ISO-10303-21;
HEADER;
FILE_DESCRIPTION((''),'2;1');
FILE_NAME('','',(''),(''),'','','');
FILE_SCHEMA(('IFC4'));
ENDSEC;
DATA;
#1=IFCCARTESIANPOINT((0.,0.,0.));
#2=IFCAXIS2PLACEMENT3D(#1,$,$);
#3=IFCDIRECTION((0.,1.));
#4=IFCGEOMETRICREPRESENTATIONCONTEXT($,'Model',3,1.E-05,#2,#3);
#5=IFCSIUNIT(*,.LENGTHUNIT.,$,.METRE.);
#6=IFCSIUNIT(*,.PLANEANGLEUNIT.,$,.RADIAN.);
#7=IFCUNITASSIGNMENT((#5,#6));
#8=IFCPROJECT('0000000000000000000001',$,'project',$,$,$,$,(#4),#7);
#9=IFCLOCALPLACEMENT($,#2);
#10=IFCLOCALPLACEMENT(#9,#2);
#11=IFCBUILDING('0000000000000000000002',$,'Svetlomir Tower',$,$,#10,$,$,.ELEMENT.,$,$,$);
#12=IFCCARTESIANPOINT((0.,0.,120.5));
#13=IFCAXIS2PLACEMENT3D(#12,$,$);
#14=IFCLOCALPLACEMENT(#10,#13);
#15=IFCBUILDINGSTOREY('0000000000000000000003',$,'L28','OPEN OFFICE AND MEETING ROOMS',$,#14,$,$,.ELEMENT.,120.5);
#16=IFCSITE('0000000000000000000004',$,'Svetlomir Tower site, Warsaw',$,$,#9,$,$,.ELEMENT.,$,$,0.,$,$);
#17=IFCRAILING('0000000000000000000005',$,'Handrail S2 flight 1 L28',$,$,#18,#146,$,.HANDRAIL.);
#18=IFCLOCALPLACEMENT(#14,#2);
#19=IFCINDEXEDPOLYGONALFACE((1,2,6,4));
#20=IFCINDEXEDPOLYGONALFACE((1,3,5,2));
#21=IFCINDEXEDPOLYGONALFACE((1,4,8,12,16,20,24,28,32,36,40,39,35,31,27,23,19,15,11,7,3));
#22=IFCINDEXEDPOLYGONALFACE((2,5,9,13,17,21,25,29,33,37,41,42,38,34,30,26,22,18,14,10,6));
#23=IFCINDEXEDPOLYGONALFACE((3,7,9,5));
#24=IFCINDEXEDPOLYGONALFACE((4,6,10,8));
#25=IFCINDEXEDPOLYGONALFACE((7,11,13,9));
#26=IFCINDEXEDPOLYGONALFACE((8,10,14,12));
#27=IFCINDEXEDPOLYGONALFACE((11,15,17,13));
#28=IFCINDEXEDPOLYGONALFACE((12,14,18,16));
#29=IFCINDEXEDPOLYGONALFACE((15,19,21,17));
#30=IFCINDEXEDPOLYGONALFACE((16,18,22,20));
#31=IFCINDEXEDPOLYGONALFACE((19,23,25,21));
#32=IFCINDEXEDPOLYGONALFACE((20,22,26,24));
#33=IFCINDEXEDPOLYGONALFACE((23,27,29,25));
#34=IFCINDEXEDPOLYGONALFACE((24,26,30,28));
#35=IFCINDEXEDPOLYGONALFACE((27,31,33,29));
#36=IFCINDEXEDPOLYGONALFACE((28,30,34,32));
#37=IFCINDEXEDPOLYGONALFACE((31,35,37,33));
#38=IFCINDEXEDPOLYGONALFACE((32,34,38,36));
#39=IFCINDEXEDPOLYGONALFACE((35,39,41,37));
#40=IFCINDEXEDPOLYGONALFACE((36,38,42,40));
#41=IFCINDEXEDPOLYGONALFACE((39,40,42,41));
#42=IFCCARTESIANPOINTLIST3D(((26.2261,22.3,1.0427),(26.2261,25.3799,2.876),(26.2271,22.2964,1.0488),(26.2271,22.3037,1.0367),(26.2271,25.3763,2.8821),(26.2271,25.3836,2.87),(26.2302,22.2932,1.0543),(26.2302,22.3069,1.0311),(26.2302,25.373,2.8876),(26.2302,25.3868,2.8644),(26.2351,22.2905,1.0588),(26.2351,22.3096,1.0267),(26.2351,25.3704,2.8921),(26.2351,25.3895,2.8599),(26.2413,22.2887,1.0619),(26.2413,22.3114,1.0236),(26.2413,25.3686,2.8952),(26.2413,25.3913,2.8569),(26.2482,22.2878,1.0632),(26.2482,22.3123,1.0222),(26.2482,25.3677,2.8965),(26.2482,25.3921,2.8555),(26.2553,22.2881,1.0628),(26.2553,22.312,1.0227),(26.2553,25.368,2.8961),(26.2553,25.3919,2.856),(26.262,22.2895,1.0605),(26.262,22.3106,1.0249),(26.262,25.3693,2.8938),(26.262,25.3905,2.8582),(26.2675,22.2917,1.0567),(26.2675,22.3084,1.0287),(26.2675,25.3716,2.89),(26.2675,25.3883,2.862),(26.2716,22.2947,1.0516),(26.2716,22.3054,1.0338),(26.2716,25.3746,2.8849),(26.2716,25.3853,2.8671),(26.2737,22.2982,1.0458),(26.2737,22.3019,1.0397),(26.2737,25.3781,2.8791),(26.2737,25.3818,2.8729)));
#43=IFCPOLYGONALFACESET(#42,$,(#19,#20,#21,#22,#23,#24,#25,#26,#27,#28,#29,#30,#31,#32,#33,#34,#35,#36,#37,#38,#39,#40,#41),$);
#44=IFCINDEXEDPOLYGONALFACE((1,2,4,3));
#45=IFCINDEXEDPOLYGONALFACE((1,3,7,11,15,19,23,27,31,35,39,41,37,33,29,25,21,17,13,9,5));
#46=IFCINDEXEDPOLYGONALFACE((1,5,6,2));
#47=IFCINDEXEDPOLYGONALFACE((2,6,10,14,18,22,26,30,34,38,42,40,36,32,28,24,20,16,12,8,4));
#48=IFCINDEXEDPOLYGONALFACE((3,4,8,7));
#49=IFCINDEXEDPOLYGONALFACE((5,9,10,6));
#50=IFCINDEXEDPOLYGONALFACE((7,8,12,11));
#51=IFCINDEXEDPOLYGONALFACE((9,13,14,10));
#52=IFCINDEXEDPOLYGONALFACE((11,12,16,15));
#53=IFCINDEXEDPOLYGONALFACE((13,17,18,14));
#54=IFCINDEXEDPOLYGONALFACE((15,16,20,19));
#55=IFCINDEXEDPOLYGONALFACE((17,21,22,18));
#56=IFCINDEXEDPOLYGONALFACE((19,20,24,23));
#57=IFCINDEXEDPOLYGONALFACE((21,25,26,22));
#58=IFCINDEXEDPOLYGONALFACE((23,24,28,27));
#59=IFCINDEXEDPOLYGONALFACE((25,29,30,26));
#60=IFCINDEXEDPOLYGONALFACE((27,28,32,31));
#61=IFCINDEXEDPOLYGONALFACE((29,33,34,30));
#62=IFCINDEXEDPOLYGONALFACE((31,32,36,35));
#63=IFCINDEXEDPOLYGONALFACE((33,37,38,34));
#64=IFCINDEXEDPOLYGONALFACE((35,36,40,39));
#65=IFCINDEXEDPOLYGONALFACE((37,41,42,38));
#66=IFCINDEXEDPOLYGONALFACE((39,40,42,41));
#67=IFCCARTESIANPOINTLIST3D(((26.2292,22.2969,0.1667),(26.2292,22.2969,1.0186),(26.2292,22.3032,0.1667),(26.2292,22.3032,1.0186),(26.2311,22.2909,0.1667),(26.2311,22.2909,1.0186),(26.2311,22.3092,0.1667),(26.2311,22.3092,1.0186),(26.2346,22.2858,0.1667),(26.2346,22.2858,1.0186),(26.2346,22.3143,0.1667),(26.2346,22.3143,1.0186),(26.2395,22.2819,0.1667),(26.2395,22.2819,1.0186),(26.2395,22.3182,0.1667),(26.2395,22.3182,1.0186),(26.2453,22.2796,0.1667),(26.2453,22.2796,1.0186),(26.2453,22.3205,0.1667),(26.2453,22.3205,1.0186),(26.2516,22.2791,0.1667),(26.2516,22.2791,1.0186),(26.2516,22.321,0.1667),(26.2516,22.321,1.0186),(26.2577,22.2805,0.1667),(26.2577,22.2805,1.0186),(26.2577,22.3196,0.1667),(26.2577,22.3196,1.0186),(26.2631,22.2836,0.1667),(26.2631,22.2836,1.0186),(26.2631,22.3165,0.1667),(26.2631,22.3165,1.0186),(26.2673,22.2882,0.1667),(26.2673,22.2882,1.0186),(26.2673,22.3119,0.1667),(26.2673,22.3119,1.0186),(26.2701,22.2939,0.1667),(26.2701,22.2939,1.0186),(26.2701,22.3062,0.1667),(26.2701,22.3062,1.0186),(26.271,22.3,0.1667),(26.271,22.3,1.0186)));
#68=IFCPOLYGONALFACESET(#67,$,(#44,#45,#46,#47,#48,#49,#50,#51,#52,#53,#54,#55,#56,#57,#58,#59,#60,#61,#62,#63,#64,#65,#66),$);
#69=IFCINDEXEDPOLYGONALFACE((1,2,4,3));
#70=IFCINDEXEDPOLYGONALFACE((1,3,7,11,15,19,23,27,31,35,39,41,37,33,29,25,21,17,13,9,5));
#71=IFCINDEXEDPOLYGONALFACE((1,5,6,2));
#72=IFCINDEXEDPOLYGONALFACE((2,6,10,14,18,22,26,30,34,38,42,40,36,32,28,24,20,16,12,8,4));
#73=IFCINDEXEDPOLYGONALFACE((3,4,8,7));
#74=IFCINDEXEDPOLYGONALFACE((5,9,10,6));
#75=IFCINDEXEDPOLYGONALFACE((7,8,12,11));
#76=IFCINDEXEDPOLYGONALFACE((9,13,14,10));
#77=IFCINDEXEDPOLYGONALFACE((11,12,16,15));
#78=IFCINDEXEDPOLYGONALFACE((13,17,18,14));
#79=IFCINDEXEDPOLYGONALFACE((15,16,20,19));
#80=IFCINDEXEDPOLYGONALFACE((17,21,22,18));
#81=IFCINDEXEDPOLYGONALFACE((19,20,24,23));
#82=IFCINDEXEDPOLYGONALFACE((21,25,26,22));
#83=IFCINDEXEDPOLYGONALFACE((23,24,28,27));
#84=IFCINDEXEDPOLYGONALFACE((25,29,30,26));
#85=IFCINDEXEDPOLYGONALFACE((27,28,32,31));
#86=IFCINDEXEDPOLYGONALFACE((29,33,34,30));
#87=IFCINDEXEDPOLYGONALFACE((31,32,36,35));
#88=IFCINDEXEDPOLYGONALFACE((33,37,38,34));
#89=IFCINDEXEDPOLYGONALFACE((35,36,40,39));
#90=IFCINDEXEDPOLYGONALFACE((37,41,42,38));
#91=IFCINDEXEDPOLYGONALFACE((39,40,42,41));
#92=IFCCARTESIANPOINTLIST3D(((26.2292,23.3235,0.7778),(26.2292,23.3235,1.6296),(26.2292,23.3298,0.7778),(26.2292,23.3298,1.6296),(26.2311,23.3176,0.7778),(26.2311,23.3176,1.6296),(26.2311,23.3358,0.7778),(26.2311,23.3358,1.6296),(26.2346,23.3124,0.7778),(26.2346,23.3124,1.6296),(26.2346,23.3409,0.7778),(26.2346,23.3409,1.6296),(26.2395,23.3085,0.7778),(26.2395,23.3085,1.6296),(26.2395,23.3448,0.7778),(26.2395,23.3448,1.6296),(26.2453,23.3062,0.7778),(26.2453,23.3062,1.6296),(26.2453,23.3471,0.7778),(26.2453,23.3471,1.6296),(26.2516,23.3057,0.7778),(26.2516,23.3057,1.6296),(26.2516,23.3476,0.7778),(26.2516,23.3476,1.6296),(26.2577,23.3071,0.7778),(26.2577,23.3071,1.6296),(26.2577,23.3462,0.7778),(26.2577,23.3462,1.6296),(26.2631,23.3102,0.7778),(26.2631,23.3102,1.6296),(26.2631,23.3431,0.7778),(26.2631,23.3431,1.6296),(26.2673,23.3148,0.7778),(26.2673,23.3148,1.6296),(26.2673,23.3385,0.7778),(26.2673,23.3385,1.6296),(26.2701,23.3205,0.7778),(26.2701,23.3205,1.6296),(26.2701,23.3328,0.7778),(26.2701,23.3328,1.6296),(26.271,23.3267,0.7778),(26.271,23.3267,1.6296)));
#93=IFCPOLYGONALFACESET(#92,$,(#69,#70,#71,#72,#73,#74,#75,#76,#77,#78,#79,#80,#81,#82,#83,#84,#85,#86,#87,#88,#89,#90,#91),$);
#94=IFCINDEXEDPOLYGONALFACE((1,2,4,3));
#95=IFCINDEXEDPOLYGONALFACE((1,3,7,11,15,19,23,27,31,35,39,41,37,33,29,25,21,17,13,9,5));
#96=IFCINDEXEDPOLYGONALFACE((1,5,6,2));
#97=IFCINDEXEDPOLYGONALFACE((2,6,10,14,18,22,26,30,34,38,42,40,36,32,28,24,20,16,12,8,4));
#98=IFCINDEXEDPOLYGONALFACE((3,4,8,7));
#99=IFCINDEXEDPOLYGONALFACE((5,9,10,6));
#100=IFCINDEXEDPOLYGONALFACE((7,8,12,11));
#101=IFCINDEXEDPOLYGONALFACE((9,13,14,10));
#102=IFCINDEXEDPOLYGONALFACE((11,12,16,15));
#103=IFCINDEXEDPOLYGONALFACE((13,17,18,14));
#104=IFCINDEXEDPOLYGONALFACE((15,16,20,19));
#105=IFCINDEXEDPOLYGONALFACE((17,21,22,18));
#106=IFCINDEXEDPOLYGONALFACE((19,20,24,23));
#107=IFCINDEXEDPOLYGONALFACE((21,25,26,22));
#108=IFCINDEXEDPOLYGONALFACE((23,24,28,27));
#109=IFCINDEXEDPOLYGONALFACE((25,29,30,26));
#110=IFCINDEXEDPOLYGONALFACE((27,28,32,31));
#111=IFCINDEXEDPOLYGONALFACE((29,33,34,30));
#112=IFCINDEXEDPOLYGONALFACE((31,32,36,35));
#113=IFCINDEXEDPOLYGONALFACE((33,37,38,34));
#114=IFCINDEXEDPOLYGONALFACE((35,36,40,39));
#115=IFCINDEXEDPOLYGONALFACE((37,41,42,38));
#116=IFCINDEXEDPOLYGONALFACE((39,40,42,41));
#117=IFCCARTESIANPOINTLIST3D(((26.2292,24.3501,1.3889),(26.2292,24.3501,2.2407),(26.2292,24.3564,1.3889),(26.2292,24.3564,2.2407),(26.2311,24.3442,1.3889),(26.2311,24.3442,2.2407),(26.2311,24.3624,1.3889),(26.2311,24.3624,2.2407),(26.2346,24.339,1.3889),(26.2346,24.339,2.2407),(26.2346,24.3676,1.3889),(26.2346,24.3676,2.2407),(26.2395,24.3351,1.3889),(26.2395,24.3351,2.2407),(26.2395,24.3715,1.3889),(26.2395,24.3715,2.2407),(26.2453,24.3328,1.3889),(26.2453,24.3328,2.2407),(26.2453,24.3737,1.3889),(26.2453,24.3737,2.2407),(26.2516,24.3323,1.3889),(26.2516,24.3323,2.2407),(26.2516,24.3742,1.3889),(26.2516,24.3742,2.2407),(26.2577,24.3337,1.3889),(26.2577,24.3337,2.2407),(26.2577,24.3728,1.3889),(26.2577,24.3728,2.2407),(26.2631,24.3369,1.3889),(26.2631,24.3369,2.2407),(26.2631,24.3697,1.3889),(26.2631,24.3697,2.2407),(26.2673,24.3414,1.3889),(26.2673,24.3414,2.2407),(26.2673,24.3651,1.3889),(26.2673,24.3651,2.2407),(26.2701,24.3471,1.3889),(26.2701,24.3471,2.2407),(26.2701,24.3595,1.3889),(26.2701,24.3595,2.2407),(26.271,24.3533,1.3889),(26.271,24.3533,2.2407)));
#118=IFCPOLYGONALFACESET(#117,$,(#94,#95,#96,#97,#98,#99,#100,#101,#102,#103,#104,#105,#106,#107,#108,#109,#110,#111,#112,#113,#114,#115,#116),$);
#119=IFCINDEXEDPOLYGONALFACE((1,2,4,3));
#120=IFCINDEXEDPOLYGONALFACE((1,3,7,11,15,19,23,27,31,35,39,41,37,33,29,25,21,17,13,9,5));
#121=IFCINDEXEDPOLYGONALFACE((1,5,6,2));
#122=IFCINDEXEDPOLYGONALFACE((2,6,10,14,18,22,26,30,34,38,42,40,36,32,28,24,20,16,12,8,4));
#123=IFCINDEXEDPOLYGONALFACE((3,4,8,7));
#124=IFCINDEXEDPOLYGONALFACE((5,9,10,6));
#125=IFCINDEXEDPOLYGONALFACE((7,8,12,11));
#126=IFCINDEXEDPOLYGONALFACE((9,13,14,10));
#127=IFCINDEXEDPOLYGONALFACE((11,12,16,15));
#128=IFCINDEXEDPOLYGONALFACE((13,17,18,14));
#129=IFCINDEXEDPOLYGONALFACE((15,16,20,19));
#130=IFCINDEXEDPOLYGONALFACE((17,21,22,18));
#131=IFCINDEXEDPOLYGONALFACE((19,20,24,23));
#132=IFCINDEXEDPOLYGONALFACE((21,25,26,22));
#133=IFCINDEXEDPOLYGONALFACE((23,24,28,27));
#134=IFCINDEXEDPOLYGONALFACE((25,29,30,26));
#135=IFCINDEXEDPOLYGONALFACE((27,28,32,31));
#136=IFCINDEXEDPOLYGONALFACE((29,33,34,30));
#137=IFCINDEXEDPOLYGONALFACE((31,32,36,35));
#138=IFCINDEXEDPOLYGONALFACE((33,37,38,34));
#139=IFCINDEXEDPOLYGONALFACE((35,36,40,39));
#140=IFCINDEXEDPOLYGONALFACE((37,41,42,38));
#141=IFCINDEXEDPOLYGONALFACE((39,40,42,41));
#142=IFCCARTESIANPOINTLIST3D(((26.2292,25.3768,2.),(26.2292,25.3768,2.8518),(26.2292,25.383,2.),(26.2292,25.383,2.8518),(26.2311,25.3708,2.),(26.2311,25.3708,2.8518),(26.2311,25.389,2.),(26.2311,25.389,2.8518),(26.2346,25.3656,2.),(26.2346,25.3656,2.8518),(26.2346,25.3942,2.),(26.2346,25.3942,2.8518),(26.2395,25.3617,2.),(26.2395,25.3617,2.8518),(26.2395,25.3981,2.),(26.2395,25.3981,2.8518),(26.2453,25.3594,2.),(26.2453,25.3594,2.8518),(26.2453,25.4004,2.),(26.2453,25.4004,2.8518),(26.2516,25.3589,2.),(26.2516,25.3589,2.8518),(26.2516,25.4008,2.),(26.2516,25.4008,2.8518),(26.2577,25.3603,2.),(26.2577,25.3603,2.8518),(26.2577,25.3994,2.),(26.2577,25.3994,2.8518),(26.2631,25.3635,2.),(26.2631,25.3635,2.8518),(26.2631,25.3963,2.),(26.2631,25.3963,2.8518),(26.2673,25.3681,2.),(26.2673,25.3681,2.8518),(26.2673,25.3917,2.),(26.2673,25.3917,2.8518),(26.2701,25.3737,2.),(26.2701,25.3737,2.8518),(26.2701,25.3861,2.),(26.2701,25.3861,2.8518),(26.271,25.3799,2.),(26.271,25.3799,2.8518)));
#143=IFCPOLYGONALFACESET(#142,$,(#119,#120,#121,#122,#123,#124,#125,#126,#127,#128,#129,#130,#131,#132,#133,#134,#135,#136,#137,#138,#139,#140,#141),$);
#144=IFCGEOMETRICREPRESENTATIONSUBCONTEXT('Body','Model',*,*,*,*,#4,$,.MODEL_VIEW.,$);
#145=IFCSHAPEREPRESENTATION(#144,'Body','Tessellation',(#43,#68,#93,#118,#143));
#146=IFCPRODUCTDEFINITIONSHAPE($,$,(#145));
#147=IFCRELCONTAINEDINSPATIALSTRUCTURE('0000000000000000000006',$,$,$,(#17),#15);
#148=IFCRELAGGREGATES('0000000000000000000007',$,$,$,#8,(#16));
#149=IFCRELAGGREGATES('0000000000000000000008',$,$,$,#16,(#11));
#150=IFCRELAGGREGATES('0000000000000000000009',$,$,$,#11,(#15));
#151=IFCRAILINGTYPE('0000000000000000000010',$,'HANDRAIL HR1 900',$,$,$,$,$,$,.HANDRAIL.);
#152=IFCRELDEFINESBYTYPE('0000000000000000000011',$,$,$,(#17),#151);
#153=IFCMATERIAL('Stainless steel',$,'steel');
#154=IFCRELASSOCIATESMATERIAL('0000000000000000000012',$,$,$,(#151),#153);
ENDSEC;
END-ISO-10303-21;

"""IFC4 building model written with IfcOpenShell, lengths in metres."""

from ifc_helpers import new_model, si_unit, direction, frame, origin, origin_2d, place, context, subcontext, project, spatial, circle, extrude, material, type_object, element, save


model = new_model("IFC4")

# Units and contexts
model_context = context("Model", 3, precision=1e-05, world=origin(), true_north=direction((0.0, 1.0)))
body_context = subcontext(model_context, "Body", "Model", "MODEL_VIEW")
ifc_project = project(units=[si_unit("LENGTHUNIT", "METRE"), si_unit("PLANEANGLEUNIT", "RADIAN")], contexts=[model_context])

# Site, building, storey
site_placement = place(None, origin())
site = spatial("IfcSite", under=ifc_project, at=site_placement, Name="Svetlomir Tower site, Warsaw", CompositionType="ELEMENT", RefElevation=0.0)
building_placement = place(site_placement, origin())
building = spatial("IfcBuilding", under=site, at=building_placement, Name="Svetlomir Tower", CompositionType="ELEMENT")
storey_placement = place(building_placement, frame((0.0, 0.0, 120.5)))
storey = spatial("IfcBuildingStorey", under=building, at=storey_placement, Name="L28", Description="OPEN OFFICE AND MEETING ROOMS", CompositionType="ELEMENT", Elevation=120.5)

# Railing
ifc_material_1 = material(Name="Stainless steel", Category="steel")
railing_type = type_object("IfcRailingType", Name="HANDRAIL HR1 900", PredefinedType="HANDRAIL", material=ifc_material_1)
railing_1_placement = place(storey_placement, frame((26.25, 22.3, 0.1667)))
element("IfcRailing", 1, at=railing_1_placement, inside=storey, type_object=railing_type, Name="Handrail S2 flight 1 L28", PredefinedType="HANDRAIL", context=body_context, shape_type="SweptSolid", body=[
    extrude(circle(Radius=0.0239, at=origin_2d()), frame((0.0, 0.0, 0.876), z_axis=(0.0, 0.859291, 0.511487), x_axis=(-1.0, 0.0, 0.0)), (0.0, 0.0, 1.0), 3.5842),
    extrude(circle(Radius=0.021, at=origin_2d()), origin(), (0.0, 0.0, 1.0), 0.8518),
    extrude(circle(Radius=0.021, at=origin_2d()), frame((0.0, 1.0266, 0.6111)), (0.0, 0.0, 1.0), 0.8518),
    extrude(circle(Radius=0.021, at=origin_2d()), frame((0.0, 2.0532, 1.2222)), (0.0, 0.0, 1.0), 0.8518),
    extrude(circle(Radius=0.021, at=origin_2d()), frame((0.0, 3.0798, 1.8333)), (0.0, 0.0, 1.0), 0.8518),
])

save(model, "model.ifc")
